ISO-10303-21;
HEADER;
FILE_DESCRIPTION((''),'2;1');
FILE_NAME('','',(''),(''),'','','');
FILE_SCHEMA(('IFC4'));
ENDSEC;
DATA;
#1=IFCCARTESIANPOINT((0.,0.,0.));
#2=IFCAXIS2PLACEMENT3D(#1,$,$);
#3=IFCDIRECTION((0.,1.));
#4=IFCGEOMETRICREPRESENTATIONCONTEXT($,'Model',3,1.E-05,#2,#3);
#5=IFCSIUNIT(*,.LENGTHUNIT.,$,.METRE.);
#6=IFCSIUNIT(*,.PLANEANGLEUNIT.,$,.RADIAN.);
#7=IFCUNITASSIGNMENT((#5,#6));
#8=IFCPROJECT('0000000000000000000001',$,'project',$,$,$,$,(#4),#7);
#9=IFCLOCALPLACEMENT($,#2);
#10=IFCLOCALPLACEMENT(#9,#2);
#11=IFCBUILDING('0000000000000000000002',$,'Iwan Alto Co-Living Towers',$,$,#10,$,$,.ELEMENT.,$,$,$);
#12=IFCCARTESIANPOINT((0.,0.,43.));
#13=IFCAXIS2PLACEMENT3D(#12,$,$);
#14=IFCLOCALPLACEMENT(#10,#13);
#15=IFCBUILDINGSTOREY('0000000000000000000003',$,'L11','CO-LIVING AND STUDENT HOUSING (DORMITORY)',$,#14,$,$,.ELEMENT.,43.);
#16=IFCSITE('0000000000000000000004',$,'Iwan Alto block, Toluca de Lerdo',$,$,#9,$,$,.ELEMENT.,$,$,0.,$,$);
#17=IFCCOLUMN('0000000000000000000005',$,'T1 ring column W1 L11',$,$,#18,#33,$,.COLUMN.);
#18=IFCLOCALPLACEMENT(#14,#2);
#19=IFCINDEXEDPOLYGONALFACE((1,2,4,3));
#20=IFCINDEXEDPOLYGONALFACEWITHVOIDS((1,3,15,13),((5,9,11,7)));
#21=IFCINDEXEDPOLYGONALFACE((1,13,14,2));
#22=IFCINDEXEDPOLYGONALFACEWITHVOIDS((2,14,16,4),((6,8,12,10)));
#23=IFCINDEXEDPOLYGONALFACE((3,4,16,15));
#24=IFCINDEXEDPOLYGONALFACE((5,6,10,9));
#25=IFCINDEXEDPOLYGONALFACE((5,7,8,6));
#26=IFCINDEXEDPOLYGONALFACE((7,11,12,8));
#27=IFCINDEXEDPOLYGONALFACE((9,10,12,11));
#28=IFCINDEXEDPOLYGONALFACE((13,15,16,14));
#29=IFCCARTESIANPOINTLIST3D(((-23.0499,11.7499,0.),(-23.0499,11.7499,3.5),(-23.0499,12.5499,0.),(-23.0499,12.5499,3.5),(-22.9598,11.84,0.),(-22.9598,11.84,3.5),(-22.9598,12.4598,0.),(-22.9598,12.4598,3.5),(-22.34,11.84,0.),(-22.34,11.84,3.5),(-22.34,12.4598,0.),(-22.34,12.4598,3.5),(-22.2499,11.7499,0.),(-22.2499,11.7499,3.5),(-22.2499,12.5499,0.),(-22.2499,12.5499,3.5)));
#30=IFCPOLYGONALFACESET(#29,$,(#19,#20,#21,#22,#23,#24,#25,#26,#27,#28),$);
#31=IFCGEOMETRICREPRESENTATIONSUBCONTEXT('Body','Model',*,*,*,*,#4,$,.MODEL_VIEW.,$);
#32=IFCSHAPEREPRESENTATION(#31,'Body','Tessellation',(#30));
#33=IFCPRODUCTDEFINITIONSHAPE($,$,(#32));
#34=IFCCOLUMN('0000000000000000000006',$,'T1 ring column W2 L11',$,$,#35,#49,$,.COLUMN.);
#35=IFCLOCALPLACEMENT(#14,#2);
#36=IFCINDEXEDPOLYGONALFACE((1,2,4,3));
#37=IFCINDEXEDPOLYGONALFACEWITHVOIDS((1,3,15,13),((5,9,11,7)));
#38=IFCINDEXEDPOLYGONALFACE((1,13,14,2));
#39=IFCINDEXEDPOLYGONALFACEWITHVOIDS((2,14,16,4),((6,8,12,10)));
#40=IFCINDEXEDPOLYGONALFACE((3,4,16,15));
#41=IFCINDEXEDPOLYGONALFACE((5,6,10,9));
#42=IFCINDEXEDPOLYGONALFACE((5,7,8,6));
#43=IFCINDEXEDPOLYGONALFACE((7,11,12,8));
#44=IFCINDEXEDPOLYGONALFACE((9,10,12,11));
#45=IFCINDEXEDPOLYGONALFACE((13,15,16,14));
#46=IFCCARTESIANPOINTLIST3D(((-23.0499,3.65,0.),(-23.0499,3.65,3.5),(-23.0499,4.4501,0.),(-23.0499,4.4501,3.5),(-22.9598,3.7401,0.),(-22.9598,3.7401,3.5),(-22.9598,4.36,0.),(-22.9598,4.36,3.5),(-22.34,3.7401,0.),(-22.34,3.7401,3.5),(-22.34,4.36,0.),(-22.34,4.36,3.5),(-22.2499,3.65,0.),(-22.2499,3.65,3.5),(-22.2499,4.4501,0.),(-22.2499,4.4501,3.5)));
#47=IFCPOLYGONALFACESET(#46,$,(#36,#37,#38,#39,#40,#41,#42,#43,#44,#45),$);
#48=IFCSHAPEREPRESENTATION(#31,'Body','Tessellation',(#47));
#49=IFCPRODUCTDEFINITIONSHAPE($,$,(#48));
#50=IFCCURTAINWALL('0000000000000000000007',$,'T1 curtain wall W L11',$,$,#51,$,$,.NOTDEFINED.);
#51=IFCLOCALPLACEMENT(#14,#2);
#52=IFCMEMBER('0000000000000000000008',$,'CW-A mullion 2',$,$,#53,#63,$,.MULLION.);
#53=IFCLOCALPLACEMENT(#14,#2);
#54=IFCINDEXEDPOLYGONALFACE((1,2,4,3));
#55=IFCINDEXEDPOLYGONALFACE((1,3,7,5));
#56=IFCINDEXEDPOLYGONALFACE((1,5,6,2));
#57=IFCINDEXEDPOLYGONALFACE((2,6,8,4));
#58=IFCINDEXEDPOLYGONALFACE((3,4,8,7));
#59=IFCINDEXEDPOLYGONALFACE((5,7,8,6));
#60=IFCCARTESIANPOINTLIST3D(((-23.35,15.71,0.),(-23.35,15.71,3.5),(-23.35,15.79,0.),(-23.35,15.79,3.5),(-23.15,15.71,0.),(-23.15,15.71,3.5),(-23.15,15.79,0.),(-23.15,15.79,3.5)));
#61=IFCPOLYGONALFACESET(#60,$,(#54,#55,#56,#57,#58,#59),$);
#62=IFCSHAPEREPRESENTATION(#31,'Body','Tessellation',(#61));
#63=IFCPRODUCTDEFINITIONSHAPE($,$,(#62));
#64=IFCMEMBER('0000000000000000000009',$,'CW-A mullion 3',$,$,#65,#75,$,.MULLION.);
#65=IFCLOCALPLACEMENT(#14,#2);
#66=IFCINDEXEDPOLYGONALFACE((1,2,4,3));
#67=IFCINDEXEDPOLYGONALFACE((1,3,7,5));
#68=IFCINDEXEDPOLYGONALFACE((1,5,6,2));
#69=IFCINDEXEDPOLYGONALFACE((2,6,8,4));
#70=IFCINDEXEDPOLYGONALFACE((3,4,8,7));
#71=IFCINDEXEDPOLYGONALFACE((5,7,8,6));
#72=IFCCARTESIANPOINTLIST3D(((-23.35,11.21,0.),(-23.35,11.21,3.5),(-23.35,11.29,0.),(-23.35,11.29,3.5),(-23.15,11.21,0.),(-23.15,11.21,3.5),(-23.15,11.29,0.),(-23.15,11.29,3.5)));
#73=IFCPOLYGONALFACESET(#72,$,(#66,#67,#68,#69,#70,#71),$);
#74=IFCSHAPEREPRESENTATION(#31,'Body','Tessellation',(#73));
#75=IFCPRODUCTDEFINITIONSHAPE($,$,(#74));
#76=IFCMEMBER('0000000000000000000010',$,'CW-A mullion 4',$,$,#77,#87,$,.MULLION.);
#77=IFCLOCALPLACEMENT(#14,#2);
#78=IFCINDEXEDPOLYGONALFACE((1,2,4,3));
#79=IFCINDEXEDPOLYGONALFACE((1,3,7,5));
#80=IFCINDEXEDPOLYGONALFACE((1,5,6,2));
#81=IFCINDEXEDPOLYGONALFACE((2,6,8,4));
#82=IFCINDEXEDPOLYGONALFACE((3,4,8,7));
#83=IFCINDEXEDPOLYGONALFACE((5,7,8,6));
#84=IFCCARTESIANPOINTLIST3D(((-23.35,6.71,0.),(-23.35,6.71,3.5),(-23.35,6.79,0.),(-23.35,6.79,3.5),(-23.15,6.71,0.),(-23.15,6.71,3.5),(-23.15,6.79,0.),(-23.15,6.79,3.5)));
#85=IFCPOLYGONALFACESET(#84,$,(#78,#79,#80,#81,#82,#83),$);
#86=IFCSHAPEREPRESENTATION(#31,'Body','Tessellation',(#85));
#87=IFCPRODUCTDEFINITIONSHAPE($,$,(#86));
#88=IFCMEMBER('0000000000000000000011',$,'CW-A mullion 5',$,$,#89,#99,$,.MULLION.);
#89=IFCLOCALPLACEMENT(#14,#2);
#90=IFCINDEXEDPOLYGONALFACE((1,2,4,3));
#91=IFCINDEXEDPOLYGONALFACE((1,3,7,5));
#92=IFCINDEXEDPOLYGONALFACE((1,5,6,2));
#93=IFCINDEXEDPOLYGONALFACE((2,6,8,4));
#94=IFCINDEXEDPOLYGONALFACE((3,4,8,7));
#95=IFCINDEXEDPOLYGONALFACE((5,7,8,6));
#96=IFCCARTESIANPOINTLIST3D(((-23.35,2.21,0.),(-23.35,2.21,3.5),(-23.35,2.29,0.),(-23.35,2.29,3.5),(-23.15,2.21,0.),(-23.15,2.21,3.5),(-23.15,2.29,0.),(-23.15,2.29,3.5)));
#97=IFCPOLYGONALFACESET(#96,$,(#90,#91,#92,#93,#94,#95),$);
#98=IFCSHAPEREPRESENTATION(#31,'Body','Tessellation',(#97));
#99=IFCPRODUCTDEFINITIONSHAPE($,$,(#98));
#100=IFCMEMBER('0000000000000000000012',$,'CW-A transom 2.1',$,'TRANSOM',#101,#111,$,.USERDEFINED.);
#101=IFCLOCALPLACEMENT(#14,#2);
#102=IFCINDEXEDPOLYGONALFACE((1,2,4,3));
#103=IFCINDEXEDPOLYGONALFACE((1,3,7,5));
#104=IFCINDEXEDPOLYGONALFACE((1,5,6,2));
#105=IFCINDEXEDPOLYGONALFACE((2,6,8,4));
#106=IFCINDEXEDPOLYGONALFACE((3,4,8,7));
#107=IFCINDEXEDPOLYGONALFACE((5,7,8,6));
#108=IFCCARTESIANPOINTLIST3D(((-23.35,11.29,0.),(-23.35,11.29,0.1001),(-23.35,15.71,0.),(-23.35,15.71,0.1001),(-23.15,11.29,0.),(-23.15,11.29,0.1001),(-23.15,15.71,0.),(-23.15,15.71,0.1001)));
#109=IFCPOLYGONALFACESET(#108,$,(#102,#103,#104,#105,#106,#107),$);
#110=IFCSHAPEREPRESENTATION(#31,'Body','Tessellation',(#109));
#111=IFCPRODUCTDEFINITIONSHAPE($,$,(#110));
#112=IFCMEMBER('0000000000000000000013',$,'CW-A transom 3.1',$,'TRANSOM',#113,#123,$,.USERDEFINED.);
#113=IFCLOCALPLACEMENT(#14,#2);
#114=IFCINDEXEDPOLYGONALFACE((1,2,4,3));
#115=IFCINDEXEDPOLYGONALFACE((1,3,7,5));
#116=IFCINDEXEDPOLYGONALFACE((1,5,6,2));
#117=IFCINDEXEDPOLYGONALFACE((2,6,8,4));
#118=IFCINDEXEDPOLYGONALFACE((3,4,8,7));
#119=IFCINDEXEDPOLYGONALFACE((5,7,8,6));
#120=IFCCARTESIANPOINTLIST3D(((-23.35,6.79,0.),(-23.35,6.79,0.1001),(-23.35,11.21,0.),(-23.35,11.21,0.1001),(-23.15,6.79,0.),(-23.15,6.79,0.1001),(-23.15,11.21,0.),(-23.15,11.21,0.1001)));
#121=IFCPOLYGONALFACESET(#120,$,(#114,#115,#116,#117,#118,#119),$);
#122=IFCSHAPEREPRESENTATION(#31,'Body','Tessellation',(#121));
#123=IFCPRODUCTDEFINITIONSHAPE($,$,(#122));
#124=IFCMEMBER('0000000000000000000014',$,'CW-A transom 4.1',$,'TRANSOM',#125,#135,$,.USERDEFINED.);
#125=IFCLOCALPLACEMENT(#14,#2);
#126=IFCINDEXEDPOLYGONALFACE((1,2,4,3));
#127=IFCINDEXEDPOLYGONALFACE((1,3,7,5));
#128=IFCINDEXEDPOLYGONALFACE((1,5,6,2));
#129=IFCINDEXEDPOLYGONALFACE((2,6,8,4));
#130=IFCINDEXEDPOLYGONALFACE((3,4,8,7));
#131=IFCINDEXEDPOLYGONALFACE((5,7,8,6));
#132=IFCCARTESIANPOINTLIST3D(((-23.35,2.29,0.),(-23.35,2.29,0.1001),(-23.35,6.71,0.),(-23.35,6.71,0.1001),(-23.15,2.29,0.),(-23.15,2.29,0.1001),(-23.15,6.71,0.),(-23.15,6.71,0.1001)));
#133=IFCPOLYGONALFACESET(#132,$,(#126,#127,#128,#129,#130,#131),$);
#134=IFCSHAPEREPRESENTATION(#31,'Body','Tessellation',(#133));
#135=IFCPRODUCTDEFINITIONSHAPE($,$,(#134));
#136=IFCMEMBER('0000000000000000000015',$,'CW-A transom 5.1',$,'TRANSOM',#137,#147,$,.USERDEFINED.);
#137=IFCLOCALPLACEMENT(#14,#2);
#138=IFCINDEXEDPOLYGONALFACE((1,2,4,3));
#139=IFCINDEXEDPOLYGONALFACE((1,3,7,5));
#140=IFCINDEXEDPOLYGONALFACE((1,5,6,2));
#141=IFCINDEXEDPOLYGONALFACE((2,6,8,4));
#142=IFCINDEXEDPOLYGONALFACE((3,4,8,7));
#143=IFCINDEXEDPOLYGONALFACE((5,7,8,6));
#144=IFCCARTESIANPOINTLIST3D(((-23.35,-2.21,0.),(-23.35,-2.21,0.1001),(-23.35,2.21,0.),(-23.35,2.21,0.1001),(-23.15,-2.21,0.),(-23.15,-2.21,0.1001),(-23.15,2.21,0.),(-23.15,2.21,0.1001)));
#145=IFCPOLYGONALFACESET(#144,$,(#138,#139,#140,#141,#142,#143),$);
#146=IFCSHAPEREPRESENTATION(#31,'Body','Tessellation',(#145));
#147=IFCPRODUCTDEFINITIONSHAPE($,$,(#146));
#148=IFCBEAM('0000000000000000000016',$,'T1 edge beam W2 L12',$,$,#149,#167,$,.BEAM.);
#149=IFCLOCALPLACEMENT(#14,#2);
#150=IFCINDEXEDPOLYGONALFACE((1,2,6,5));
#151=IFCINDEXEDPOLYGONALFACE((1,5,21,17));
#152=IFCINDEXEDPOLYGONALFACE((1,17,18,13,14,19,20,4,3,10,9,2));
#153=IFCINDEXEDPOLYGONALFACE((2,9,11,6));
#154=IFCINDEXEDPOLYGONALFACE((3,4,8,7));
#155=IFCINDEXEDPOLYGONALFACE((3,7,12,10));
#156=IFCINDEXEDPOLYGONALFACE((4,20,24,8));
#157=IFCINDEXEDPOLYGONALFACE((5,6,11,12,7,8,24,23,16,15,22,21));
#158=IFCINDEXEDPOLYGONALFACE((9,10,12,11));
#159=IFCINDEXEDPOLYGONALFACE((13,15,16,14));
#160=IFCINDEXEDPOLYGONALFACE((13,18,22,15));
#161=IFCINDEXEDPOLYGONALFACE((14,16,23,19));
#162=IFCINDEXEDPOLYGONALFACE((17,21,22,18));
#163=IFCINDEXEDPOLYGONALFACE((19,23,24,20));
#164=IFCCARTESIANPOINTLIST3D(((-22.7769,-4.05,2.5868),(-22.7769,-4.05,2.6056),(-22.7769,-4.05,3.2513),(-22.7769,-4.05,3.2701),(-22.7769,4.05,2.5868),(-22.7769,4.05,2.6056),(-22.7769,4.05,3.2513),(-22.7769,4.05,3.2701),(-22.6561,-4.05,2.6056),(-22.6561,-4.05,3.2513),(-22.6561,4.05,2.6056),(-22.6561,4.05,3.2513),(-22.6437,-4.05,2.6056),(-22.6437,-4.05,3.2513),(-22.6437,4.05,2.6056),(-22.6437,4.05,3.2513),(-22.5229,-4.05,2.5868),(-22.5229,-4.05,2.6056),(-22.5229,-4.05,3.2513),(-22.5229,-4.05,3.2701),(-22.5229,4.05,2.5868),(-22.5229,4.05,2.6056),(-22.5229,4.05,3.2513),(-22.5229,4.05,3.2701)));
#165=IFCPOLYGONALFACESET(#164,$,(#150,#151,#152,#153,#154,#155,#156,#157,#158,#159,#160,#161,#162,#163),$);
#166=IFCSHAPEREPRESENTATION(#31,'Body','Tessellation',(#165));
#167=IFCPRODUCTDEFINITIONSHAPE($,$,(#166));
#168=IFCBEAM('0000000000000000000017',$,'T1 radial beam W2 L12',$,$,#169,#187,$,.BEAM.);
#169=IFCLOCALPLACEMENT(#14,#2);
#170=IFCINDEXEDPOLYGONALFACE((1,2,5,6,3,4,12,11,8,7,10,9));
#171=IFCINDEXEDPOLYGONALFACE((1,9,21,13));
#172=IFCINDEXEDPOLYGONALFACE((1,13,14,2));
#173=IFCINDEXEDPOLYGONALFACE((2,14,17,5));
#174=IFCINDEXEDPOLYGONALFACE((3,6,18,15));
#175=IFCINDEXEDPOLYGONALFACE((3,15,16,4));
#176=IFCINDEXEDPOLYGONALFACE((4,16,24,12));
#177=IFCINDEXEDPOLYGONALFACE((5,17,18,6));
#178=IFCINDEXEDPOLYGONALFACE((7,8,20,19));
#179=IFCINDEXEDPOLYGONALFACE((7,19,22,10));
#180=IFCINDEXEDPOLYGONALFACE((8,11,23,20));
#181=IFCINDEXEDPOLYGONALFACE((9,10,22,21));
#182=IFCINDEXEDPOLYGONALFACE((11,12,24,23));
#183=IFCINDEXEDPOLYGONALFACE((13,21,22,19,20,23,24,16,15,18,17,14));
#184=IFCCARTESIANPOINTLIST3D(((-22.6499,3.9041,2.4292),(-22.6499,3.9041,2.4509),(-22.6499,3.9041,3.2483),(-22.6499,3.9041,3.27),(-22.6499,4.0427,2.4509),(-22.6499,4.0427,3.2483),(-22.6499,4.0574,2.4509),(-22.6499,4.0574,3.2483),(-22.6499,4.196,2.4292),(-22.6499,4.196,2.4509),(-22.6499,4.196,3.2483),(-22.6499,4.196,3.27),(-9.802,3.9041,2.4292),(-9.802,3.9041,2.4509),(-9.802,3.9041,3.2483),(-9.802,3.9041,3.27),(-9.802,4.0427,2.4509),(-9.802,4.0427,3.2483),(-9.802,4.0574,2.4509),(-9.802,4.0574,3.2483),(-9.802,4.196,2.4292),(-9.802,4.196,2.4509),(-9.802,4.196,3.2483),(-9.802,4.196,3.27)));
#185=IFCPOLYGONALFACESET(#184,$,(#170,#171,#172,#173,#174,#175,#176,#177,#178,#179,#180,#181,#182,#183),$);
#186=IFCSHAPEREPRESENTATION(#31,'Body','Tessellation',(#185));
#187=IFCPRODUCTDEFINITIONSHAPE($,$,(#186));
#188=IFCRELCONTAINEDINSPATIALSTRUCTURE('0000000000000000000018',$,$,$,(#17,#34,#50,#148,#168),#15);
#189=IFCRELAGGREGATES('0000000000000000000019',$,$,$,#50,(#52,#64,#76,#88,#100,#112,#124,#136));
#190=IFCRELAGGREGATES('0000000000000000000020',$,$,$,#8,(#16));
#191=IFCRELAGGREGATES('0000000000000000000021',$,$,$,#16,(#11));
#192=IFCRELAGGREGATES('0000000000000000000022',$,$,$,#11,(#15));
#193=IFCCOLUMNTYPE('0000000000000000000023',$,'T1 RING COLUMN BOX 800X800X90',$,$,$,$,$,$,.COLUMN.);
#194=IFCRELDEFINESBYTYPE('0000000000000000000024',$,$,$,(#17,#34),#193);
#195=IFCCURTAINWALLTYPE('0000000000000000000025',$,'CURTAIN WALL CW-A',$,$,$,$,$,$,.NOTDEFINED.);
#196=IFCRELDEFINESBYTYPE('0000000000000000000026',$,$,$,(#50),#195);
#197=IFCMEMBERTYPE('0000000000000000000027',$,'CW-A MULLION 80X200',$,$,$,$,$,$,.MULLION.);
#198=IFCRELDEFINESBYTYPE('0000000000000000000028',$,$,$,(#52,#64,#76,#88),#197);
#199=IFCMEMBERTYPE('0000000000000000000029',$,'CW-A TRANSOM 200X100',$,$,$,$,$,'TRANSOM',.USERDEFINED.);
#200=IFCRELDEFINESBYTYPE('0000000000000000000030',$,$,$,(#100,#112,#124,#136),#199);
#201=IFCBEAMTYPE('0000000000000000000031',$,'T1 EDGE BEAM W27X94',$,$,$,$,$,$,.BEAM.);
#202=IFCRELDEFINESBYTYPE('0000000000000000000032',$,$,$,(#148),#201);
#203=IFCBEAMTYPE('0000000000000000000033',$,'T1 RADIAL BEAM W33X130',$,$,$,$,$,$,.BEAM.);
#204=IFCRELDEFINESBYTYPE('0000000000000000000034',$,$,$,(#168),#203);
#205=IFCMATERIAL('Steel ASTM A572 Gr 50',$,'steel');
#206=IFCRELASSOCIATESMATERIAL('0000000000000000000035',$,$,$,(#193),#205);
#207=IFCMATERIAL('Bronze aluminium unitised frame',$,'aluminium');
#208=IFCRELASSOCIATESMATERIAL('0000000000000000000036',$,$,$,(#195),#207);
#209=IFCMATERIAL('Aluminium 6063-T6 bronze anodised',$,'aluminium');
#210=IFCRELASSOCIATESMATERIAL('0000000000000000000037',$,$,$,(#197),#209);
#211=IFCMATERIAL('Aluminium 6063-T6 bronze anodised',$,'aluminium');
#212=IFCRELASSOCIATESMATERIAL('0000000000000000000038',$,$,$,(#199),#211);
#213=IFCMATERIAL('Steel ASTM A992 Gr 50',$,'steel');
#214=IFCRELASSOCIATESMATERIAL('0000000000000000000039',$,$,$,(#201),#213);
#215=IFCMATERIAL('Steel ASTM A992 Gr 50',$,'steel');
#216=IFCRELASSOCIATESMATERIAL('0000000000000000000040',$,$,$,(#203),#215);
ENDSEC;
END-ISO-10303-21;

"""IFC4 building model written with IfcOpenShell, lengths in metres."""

from ifc_helpers import new_model, si_unit, direction, frame, origin, origin_2d, place, context, subcontext, project, spatial, rectangle, hollow_rectangle, i_section, extrude, material, material_profile, profile_set, type_object, element, aggregate, save


model = new_model("IFC4")

# Units and contexts
model_context = context("Model", 3, precision=1e-05, world=origin(), true_north=direction((0.0, 1.0)))
body_context = subcontext(model_context, "Body", "Model", "MODEL_VIEW")
ifc_project = project(units=[si_unit("LENGTHUNIT", "METRE"), si_unit("PLANEANGLEUNIT", "RADIAN")], contexts=[model_context])

# Site, building, storey
site_placement = place(None, origin())
site = spatial("IfcSite", under=ifc_project, at=site_placement, Name="Iwan Alto block, Toluca de Lerdo", CompositionType="ELEMENT", RefElevation=0.0)
building_placement = place(site_placement, origin())
building = spatial("IfcBuilding", under=site, at=building_placement, Name="Iwan Alto Co-Living Towers", CompositionType="ELEMENT")
storey_placement = place(building_placement, frame((0.0, 0.0, 43.0)))
storey = spatial("IfcBuildingStorey", under=building, at=storey_placement, Name="L11", Description="CO-LIVING AND STUDENT HOUSING (DORMITORY)", CompositionType="ELEMENT", Elevation=43.0)

# Columns
ifc_material_1 = material(Name="Steel ASTM A572 Gr 50", Category="steel")
ifc_material_profile_1 = material_profile(ifc_material_1, hollow_rectangle(XDim=0.8, YDim=0.8, WallThickness=0.0901, at=origin_2d()), Name="BOX 800X800X90")
ifc_profile_set_1 = profile_set([ifc_material_profile_1], Name="Steel ASTM A572 Gr 50")
column_type = type_object("IfcColumnType", Name="T1 RING COLUMN BOX 800X800X90", PredefinedType="COLUMN", material=ifc_profile_set_1)
for number, where, z_axis, x_axis, name in (
    (1, (-22.6499, 12.1499, 0.0), (0.0, 0.0, 1.0), (1.0, 0.0, 0.0), "T1 ring column W1 L11"),
    (2, (-22.6499, 4.05, 0.0), (0.0, 0.0, 1.0), (1.0, 0.0, 0.0), "T1 ring column W2 L11"),
):
    element("IfcColumn", number, at=place(storey_placement, frame(where, z_axis=z_axis, x_axis=x_axis)), inside=storey, type_object=column_type, Name=name, PredefinedType="COLUMN", context=body_context, shape_type="SweptSolid", body=[
        extrude(hollow_rectangle(XDim=0.8, YDim=0.8, WallThickness=0.0901, at=origin_2d()), origin(), (0.0, 0.0, 1.0), 3.5),
    ])

# Curtain wall, members
ifc_material_2 = material(Name="Bronze aluminium unitised frame", Category="aluminium")
curtain_wall_type = type_object("IfcCurtainWallType", Name="CURTAIN WALL CW-A", PredefinedType="NOTDEFINED", material=ifc_material_2)
curtain_wall_placement = place(storey_placement, origin())
curtain_wall = element("IfcCurtainWall", 3, at=curtain_wall_placement, inside=storey, type_object=curtain_wall_type, Name="T1 curtain wall W L11", PredefinedType="NOTDEFINED")
ifc_material_3 = material(Name="Aluminium 6063-T6 bronze anodised", Category="aluminium")
ifc_material_profile_2 = material_profile(ifc_material_3, rectangle(XDim=0.2, YDim=0.0801, at=origin_2d()), Name="AL 80X200")
ifc_profile_set_2 = profile_set([ifc_material_profile_2], Name="Aluminium 6063-T6 bronze anodised")
member_type_1 = type_object("IfcMemberType", Name="CW-A MULLION 80X200", PredefinedType="MULLION", material=ifc_profile_set_2)
member_1_placement = place(storey_placement, frame((-23.25, 15.75, 0.0), z_axis=(0.0, 0.0, 1.0), x_axis=(1.0, 0.0, 0.0)))
member_1 = element("IfcMember", 4, at=member_1_placement, type_object=member_type_1, Name="CW-A mullion 2", PredefinedType="MULLION", context=body_context, shape_type="SweptSolid", body=[
    extrude(rectangle(XDim=0.2, YDim=0.0801, at=origin_2d()), origin(), (0.0, 0.0, 1.0), 3.5),
])
member_2_placement = place(storey_placement, frame((-23.25, 11.25, 0.0), z_axis=(0.0, 0.0, 1.0), x_axis=(1.0, 0.0, 0.0)))
member_2 = element("IfcMember", 5, at=member_2_placement, type_object=member_type_1, Name="CW-A mullion 3", PredefinedType="MULLION", context=body_context, shape_type="SweptSolid", body=[
    extrude(rectangle(XDim=0.2, YDim=0.0801, at=origin_2d()), origin(), (0.0, 0.0, 1.0), 3.5),
])
member_3_placement = place(storey_placement, frame((-23.25, 6.75, 0.0), z_axis=(0.0, 0.0, 1.0), x_axis=(1.0, 0.0, 0.0)))
member_3 = element("IfcMember", 6, at=member_3_placement, type_object=member_type_1, Name="CW-A mullion 4", PredefinedType="MULLION", context=body_context, shape_type="SweptSolid", body=[
    extrude(rectangle(XDim=0.2, YDim=0.0801, at=origin_2d()), origin(), (0.0, 0.0, 1.0), 3.5),
])
member_4_placement = place(storey_placement, frame((-23.25, 2.25, 0.0), z_axis=(0.0, 0.0, 1.0), x_axis=(1.0, 0.0, 0.0)))
member_4 = element("IfcMember", 7, at=member_4_placement, type_object=member_type_1, Name="CW-A mullion 5", PredefinedType="MULLION", context=body_context, shape_type="SweptSolid", body=[
    extrude(rectangle(XDim=0.2, YDim=0.0801, at=origin_2d()), origin(), (0.0, 0.0, 1.0), 3.5),
])
ifc_material_4 = material(Name="Aluminium 6063-T6 bronze anodised", Category="aluminium")
ifc_material_profile_3 = material_profile(ifc_material_4, rectangle(XDim=0.2, YDim=0.1001, at=origin_2d()), Name="AL 200X100")
ifc_profile_set_3 = profile_set([ifc_material_profile_3], Name="Aluminium 6063-T6 bronze anodised")
member_type_2 = type_object("IfcMemberType", Name="CW-A TRANSOM 200X100", ElementType="TRANSOM", PredefinedType="USERDEFINED", material=ifc_profile_set_3)
member_5_placement = place(storey_placement, frame((-23.25, 15.71, 0.05), z_axis=(0.0, -1.0, 0.0), x_axis=(1.0, 0.0, 0.0)))
member_5 = element("IfcMember", 8, at=member_5_placement, type_object=member_type_2, Name="CW-A transom 2.1", ObjectType="TRANSOM", PredefinedType="USERDEFINED", context=body_context, shape_type="SweptSolid", body=[
    extrude(rectangle(XDim=0.2, YDim=0.1001, at=origin_2d()), origin(), (0.0, 0.0, 1.0), 4.4199),
])
member_6_placement = place(storey_placement, frame((-23.25, 11.21, 0.05), z_axis=(0.0, -1.0, 0.0), x_axis=(1.0, 0.0, 0.0)))
member_6 = element("IfcMember", 9, at=member_6_placement, type_object=member_type_2, Name="CW-A transom 3.1", ObjectType="TRANSOM", PredefinedType="USERDEFINED", context=body_context, shape_type="SweptSolid", body=[
    extrude(rectangle(XDim=0.2, YDim=0.1001, at=origin_2d()), origin(), (0.0, 0.0, 1.0), 4.4199),
])
member_7_placement = place(storey_placement, frame((-23.25, 6.71, 0.05), z_axis=(0.0, -1.0, 0.0), x_axis=(1.0, 0.0, 0.0)))
member_7 = element("IfcMember", 10, at=member_7_placement, type_object=member_type_2, Name="CW-A transom 4.1", ObjectType="TRANSOM", PredefinedType="USERDEFINED", context=body_context, shape_type="SweptSolid", body=[
    extrude(rectangle(XDim=0.2, YDim=0.1001, at=origin_2d()), origin(), (0.0, 0.0, 1.0), 4.4199),
])
member_8_placement = place(storey_placement, frame((-23.25, 2.21, 0.05), z_axis=(0.0, -1.0, 0.0), x_axis=(1.0, 0.0, 0.0)))
member_8 = element("IfcMember", 11, at=member_8_placement, type_object=member_type_2, Name="CW-A transom 5.1", ObjectType="TRANSOM", PredefinedType="USERDEFINED", context=body_context, shape_type="SweptSolid", body=[
    extrude(rectangle(XDim=0.2, YDim=0.1001, at=origin_2d()), origin(), (0.0, 0.0, 1.0), 4.4199),
])

# Beams
ifc_material_5 = material(Name="Steel ASTM A992 Gr 50", Category="steel")
ifc_material_profile_4 = material_profile(ifc_material_5, i_section(OverallWidth=0.2539, OverallDepth=0.6833, WebThickness=0.0125, FlangeThickness=0.0188, at=origin_2d()), Name="W27X94")
ifc_profile_set_4 = profile_set([ifc_material_profile_4], Name="Steel ASTM A992 Gr 50")
beam_type_1 = type_object("IfcBeamType", Name="T1 EDGE BEAM W27X94", PredefinedType="BEAM", material=ifc_profile_set_4)
beam_1_placement = place(storey_placement, frame((-22.6499, 4.05, 2.9285), z_axis=(0.0, -1.0, 0.0), x_axis=(1.0, 0.0, 0.0)))
element("IfcBeam", 12, at=beam_1_placement, inside=storey, type_object=beam_type_1, Name="T1 edge beam W2 L12", PredefinedType="BEAM", context=body_context, shape_type="SweptSolid", body=[
    extrude(i_section(OverallWidth=0.2539, OverallDepth=0.6833, WebThickness=0.0125, FlangeThickness=0.0188, at=origin_2d()), origin(), (0.0, 0.0, 1.0), 8.1001),
])
ifc_material_6 = material(Name="Steel ASTM A992 Gr 50", Category="steel")
ifc_material_profile_5 = material_profile(ifc_material_6, i_section(OverallWidth=0.292, OverallDepth=0.8408, WebThickness=0.0146, FlangeThickness=0.0217, at=origin_2d()), Name="W33X130")
ifc_profile_set_5 = profile_set([ifc_material_profile_5], Name="Steel ASTM A992 Gr 50")
beam_type_2 = type_object("IfcBeamType", Name="T1 RADIAL BEAM W33X130", PredefinedType="BEAM", material=ifc_profile_set_5)
beam_2_placement = place(storey_placement, frame((-22.6499, 4.05, 2.8496), z_axis=(1.0, 0.0, 0.0), x_axis=(0.0, 1.0, 0.0)))
element("IfcBeam", 13, at=beam_2_placement, inside=storey, type_object=beam_type_2, Name="T1 radial beam W2 L12", PredefinedType="BEAM", context=body_context, shape_type="SweptSolid", body=[
    extrude(i_section(OverallWidth=0.292, OverallDepth=0.8408, WebThickness=0.0146, FlangeThickness=0.0217, at=origin_2d()), origin(), (0.0, 0.0, 1.0), 12.8479),
])

aggregate(curtain_wall, [member_1, member_2, member_3, member_4, member_5, member_6, member_7, member_8])

save(model, "model.ifc")
